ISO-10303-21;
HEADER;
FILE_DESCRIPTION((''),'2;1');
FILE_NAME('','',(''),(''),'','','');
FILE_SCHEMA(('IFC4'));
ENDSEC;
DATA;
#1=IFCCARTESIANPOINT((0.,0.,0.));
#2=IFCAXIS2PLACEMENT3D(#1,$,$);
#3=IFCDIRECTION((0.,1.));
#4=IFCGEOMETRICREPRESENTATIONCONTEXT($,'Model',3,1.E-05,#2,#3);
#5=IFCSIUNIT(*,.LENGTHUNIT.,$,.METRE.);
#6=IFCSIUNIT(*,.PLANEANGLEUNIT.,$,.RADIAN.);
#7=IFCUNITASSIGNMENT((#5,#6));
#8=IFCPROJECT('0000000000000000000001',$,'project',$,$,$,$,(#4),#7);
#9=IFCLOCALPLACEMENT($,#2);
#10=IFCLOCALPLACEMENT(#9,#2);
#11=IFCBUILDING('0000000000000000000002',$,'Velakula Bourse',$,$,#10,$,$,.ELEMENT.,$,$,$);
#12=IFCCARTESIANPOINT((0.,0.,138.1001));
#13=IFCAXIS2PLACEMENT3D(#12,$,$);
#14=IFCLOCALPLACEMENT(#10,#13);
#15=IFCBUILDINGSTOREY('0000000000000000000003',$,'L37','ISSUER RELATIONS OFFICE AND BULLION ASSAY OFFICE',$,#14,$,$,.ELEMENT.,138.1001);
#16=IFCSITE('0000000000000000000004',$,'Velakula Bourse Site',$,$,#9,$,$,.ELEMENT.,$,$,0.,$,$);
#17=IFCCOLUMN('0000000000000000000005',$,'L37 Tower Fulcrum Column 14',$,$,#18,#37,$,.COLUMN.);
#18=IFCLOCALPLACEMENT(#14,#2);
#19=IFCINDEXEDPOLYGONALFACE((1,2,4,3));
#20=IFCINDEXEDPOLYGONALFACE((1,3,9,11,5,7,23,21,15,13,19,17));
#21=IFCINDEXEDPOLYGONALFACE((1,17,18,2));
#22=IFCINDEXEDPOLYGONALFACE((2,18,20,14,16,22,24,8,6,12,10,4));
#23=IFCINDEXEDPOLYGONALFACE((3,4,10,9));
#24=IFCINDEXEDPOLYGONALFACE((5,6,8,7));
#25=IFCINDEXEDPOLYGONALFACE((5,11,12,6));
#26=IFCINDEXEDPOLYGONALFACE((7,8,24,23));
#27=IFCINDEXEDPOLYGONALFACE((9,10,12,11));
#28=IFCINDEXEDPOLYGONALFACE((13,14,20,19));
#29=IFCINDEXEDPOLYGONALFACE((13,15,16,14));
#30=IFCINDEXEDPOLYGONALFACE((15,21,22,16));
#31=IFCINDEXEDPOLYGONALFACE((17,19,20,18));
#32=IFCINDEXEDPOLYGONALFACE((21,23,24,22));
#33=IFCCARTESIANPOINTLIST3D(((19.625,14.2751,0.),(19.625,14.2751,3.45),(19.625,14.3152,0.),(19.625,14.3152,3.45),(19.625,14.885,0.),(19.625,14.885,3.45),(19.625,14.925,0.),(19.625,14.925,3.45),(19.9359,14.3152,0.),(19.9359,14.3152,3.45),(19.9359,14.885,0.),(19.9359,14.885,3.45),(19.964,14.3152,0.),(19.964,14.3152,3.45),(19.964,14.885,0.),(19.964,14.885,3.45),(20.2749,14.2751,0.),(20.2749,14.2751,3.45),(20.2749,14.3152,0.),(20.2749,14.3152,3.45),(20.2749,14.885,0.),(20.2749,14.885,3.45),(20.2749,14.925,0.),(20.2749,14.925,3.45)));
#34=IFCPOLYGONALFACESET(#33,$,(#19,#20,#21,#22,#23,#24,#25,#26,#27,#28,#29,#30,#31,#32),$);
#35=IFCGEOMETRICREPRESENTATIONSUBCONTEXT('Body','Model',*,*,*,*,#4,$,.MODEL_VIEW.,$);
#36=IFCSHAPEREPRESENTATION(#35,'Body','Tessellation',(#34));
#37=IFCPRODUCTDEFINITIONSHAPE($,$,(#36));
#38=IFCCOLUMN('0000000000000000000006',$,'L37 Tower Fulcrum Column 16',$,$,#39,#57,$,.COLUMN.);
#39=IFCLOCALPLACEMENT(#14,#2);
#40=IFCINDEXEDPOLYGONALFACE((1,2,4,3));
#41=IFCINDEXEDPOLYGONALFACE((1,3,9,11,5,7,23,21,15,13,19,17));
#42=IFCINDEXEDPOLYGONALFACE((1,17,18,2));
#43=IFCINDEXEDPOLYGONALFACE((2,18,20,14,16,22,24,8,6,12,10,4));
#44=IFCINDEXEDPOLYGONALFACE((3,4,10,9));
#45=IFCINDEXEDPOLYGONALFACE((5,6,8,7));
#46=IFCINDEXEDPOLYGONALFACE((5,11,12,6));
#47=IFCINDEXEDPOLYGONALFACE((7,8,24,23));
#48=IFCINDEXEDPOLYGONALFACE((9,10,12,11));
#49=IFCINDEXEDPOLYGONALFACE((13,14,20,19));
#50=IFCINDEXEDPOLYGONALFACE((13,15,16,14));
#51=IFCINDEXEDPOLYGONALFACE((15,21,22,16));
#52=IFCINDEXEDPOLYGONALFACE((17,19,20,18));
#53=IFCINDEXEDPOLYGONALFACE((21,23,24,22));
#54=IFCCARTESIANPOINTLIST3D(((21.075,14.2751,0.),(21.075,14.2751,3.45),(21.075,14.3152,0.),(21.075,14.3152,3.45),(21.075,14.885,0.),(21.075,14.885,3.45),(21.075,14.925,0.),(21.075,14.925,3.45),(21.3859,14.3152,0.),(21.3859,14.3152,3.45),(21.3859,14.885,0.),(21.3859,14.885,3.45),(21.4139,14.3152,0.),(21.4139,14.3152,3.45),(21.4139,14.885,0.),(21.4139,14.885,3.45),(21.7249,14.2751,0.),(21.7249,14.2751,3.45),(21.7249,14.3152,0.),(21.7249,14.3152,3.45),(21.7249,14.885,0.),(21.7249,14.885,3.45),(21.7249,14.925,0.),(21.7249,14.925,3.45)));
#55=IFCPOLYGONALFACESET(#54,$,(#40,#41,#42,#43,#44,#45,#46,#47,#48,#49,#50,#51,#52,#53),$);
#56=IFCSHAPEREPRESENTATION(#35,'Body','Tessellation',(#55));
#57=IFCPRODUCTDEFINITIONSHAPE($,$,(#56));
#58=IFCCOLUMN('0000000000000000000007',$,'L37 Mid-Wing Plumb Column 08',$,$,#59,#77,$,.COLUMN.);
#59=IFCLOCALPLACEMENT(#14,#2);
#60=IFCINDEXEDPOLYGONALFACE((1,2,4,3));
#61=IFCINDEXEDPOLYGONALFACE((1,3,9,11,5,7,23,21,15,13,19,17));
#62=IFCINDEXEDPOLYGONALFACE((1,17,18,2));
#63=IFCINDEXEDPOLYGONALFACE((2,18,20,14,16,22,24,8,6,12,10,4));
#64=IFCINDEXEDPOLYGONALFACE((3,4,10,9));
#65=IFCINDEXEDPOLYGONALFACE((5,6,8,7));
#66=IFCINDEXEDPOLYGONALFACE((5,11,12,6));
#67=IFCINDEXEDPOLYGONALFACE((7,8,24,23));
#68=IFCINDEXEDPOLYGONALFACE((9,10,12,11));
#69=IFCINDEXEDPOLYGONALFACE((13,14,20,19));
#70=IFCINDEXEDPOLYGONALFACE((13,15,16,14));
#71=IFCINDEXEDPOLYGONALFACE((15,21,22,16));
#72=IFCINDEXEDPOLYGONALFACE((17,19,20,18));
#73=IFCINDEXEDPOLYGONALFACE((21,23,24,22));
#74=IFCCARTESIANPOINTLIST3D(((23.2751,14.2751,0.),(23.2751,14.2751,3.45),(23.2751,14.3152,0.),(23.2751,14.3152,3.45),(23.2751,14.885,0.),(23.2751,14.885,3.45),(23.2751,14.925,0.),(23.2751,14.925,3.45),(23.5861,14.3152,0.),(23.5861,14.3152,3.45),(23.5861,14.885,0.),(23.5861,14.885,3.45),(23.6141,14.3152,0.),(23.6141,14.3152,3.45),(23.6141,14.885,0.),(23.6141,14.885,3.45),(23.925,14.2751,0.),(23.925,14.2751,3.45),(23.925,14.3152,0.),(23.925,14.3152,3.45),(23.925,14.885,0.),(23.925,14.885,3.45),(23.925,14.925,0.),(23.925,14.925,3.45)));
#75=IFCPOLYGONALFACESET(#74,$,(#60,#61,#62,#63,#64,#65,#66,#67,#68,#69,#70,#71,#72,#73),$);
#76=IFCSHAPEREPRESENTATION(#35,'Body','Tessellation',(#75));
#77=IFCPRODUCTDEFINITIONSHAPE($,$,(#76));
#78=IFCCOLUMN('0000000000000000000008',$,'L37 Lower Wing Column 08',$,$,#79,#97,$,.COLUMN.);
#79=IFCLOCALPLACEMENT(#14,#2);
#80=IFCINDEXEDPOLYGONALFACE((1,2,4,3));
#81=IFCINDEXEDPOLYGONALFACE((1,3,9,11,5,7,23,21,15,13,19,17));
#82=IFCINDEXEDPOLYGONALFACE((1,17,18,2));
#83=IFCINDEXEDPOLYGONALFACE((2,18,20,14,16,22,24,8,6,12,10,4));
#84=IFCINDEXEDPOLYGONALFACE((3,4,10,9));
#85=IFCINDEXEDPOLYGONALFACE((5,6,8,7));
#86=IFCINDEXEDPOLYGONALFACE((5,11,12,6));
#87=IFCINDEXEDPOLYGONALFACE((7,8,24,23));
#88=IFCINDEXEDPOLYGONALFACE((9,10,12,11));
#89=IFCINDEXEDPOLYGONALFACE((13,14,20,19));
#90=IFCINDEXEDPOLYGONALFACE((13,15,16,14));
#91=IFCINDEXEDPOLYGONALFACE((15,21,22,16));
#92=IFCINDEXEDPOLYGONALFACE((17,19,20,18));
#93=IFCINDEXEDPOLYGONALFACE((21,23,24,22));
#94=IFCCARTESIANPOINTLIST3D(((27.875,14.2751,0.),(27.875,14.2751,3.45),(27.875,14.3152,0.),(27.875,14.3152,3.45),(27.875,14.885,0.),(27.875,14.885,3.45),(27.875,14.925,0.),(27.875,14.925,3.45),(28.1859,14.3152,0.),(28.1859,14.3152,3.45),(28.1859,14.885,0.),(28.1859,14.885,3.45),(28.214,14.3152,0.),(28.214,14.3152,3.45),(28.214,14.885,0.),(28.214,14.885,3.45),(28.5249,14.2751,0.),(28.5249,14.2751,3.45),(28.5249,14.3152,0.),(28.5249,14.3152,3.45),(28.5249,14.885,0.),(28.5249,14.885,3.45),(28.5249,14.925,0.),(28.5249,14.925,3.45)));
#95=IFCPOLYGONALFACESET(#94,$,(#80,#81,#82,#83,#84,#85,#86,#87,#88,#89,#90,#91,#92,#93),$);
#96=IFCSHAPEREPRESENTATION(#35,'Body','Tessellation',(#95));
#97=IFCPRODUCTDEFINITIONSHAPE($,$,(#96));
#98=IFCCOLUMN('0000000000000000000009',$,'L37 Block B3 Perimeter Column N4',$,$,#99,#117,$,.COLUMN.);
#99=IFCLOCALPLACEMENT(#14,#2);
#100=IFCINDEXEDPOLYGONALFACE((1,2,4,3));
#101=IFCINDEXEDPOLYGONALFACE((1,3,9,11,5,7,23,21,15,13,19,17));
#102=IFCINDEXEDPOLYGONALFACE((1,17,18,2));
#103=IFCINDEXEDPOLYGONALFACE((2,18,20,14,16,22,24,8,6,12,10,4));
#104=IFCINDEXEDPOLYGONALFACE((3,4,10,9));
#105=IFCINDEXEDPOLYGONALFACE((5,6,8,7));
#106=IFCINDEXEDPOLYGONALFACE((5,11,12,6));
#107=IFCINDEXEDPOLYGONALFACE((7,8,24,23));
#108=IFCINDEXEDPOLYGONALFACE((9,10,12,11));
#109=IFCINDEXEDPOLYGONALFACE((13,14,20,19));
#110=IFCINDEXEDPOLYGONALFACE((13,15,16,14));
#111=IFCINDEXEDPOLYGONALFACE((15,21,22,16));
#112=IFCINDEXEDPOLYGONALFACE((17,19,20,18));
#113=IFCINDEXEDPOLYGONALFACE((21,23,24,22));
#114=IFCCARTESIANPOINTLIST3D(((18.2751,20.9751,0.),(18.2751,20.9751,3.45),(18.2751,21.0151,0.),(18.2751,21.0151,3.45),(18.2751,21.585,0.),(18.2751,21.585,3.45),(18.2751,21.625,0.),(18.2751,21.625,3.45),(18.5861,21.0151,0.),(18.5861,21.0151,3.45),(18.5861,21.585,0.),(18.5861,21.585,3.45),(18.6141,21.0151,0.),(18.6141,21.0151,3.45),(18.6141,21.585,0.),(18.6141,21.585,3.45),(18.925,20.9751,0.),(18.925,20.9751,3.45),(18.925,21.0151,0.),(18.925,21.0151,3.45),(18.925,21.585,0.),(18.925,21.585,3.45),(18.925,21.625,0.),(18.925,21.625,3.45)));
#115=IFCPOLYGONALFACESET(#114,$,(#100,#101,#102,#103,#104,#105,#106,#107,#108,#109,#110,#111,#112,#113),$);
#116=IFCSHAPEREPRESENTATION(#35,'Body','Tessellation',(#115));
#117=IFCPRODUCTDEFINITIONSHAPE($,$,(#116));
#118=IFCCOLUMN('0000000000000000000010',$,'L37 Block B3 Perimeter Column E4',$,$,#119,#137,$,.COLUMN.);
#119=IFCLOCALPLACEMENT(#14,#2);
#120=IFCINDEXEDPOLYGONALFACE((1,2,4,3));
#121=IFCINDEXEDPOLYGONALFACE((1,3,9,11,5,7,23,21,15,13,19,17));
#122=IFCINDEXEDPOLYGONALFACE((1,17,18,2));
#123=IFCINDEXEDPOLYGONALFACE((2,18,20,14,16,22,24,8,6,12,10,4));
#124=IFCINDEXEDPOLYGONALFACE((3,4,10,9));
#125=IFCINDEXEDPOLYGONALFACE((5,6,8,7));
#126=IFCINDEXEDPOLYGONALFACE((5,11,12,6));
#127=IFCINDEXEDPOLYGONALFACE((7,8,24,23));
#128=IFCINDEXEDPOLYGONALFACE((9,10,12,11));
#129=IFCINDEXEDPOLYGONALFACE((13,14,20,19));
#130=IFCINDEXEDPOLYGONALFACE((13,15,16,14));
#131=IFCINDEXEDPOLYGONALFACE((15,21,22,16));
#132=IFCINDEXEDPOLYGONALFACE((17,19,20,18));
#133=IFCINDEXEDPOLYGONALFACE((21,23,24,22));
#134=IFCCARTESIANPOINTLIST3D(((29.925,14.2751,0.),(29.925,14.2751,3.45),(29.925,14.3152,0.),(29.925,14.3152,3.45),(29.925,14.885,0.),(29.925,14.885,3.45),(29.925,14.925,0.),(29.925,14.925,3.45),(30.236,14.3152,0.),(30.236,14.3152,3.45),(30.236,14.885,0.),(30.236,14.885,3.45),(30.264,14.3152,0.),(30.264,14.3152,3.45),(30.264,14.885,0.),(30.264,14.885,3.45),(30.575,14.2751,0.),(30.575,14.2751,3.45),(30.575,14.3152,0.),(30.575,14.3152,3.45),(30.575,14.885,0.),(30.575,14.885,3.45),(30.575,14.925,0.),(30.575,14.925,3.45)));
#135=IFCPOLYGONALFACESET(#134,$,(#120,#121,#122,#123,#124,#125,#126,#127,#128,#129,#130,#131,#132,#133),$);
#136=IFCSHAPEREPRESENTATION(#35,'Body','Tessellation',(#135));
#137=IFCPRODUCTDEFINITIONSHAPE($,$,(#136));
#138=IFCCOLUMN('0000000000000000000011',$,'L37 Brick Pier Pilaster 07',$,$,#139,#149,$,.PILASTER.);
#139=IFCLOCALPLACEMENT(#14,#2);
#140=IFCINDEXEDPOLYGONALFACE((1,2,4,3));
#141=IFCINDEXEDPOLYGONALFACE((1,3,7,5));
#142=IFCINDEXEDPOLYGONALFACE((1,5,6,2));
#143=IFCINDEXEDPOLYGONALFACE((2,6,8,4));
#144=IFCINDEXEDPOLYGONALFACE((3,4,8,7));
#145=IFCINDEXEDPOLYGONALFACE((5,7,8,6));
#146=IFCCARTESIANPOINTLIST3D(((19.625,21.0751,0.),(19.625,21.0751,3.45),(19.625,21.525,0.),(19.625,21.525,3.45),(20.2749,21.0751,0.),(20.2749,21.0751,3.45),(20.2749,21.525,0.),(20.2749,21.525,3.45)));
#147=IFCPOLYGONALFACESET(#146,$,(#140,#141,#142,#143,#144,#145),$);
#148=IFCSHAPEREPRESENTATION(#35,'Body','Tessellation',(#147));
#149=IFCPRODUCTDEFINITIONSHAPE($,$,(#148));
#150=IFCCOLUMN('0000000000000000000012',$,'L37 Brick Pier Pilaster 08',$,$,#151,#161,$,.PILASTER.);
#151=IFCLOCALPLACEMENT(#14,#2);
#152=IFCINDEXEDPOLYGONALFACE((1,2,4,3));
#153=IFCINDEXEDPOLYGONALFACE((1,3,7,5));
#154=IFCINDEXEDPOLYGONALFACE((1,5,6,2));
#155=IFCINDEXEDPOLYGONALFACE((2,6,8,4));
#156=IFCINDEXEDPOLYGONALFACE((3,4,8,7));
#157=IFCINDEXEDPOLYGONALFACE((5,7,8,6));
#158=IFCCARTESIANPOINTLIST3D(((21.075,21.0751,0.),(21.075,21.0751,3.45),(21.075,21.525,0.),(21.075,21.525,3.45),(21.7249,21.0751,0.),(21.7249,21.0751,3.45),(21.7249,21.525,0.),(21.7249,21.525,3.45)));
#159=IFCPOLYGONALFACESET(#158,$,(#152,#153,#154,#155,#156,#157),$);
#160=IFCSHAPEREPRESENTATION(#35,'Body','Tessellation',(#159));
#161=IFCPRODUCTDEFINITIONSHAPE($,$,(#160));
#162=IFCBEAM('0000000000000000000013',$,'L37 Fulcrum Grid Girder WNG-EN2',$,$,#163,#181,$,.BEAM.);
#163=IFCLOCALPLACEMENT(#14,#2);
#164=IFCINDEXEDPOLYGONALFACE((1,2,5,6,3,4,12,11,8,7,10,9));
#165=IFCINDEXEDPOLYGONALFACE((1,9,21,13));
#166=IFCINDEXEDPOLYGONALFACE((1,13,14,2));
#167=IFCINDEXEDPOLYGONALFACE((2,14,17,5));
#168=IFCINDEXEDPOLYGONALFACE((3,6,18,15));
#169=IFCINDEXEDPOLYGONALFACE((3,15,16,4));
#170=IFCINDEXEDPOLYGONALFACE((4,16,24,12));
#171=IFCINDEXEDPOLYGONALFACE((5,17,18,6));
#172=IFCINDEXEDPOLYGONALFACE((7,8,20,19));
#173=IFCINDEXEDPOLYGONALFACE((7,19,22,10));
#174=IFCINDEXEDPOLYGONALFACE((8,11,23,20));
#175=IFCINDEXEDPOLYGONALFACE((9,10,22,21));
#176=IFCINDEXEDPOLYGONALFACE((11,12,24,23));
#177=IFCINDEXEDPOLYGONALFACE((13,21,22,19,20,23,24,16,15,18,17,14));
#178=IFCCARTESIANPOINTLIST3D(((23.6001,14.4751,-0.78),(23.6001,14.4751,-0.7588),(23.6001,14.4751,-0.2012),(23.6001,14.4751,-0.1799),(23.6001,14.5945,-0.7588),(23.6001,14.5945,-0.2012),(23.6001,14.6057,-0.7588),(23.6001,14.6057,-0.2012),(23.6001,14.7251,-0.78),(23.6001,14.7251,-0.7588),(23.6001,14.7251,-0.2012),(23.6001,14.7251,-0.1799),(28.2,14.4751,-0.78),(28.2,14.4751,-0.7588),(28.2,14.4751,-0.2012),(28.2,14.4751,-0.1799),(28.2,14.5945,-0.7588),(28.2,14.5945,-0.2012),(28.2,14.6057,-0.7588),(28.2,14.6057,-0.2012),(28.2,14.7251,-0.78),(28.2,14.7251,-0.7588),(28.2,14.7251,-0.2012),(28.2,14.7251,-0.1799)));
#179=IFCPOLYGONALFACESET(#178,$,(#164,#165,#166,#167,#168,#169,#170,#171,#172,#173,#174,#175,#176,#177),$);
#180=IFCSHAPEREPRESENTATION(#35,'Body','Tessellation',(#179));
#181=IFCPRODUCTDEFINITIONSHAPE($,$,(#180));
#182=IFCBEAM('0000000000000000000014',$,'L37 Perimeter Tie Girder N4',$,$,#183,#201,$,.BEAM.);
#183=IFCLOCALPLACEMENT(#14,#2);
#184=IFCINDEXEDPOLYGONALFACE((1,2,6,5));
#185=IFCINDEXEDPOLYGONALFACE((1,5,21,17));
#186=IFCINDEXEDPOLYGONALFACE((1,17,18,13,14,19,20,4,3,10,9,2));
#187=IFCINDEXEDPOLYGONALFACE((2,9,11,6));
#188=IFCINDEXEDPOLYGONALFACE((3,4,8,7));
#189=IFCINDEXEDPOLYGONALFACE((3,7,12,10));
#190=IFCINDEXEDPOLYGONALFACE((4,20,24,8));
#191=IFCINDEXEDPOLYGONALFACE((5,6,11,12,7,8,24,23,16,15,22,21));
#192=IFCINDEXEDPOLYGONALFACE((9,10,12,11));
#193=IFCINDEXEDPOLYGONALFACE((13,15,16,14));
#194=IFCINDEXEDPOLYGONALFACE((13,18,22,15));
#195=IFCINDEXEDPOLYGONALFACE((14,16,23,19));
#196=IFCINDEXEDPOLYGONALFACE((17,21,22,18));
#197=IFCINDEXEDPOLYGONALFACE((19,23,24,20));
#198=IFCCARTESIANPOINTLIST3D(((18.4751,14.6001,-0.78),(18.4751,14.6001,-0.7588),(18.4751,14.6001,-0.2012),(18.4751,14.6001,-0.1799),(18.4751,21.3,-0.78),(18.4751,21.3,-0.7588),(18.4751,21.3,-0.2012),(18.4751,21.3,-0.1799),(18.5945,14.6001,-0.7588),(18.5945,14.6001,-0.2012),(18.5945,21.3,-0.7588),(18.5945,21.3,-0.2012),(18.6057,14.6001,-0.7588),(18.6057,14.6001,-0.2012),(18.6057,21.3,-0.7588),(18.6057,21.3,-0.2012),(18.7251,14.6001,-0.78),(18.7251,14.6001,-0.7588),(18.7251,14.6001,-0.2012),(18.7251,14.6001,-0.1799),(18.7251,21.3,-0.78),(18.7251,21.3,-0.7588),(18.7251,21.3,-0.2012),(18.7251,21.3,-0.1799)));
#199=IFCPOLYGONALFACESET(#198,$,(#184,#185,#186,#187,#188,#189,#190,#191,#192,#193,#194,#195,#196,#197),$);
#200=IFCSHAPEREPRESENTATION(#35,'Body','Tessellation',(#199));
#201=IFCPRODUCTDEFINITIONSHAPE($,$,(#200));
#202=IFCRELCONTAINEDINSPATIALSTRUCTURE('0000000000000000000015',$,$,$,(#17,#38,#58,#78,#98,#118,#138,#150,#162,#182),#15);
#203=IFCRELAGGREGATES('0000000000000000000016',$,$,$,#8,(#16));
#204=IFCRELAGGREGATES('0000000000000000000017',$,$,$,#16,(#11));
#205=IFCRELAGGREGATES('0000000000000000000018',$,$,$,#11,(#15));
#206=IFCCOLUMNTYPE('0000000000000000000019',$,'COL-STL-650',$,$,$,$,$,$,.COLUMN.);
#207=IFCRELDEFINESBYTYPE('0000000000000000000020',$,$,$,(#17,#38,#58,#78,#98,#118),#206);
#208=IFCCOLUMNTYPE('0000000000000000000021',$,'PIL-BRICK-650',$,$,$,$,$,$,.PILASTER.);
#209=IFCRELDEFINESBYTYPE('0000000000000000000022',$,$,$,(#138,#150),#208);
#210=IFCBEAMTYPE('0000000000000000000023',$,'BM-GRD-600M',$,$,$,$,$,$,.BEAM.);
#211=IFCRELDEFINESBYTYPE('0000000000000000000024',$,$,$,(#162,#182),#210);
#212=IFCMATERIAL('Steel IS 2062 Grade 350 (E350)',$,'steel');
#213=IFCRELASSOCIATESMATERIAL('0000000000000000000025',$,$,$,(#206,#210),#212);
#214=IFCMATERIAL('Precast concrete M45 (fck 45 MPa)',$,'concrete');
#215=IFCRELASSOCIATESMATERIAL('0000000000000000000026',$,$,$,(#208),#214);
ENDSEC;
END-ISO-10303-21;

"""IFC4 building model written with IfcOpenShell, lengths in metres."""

from ifc_helpers import new_model, si_unit, direction, frame, origin, origin_2d, place, context, subcontext, project, spatial, rectangle, i_section, extrude, material, material_profile, profile_set, type_object, element, save


model = new_model("IFC4")

# Units and contexts
model_context = context("Model", 3, precision=1e-05, world=origin(), true_north=direction((0.0, 1.0)))
body_context = subcontext(model_context, "Body", "Model", "MODEL_VIEW")
ifc_project = project(units=[si_unit("LENGTHUNIT", "METRE"), si_unit("PLANEANGLEUNIT", "RADIAN")], contexts=[model_context])

# Site, building, storey
site_placement = place(None, origin())
site = spatial("IfcSite", under=ifc_project, at=site_placement, Name="Velakula Bourse Site", CompositionType="ELEMENT", RefElevation=0.0)
building_placement = place(site_placement, origin())
building = spatial("IfcBuilding", under=site, at=building_placement, Name="Velakula Bourse", CompositionType="ELEMENT")
storey_placement = place(building_placement, frame((0.0, 0.0, 138.1001)))
storey = spatial("IfcBuildingStorey", under=building, at=storey_placement, Name="L37", Description="ISSUER RELATIONS OFFICE AND BULLION ASSAY OFFICE", CompositionType="ELEMENT", Elevation=138.1001)

# Columns
ifc_material_1 = material(Name="Steel IS 2062 Grade 350 (E350)", Category="steel")
ifc_material_profile_1 = material_profile(ifc_material_1, i_section(OverallWidth=0.6499, OverallDepth=0.6499, WebThickness=0.0281, FlangeThickness=0.04, at=origin_2d()), Name="Steel IS 2062 Grade 350 (E350)")
ifc_profile_set_1 = profile_set([ifc_material_profile_1], Name="Steel IS 2062 Grade 350 (E350)")
column_type_1 = type_object("IfcColumnType", Name="COL-STL-650", PredefinedType="COLUMN", material=ifc_profile_set_1)
for number, where, z_axis, x_axis, name in (
    (1, (19.95, 14.6001, 0.0), (0.0, 0.0, 1.0), (1.0, 0.0, 0.0), "L37 Tower Fulcrum Column 14"),
    (2, (21.3999, 14.6001, 0.0), (0.0, 0.0, 1.0), (1.0, 0.0, 0.0), "L37 Tower Fulcrum Column 16"),
    (3, (23.6001, 14.6001, 0.0), (0.0, 0.0, 1.0), (1.0, 0.0, 0.0), "L37 Mid-Wing Plumb Column 08"),
    (4, (28.2, 14.6001, 0.0), (0.0, 0.0, 1.0), (1.0, 0.0, 0.0), "L37 Lower Wing Column 08"),
    (5, (18.6001, 21.3, 0.0), (0.0, 0.0, 1.0), (1.0, 0.0, 0.0), "L37 Block B3 Perimeter Column N4"),
    (6, (30.25, 14.6001, 0.0), (0.0, 0.0, 1.0), (1.0, 0.0, 0.0), "L37 Block B3 Perimeter Column E4"),
):
    element("IfcColumn", number, at=place(storey_placement, frame(where, z_axis=z_axis, x_axis=x_axis)), inside=storey, type_object=column_type_1, Name=name, PredefinedType="COLUMN", context=body_context, shape_type="SweptSolid", body=[
        extrude(i_section(OverallWidth=0.6499, OverallDepth=0.6499, WebThickness=0.0281, FlangeThickness=0.04, at=origin_2d()), origin(), (0.0, 0.0, 1.0), 3.45),
    ])
ifc_material_2 = material(Name="Precast concrete M45 (fck 45 MPa)", Category="concrete")
ifc_material_profile_2 = material_profile(ifc_material_2, rectangle(XDim=0.6499, YDim=0.45, at=origin_2d()), Name="Precast concrete M45 (fck 45 MPa)")
ifc_profile_set_2 = profile_set([ifc_material_profile_2], Name="Precast concrete M45 (fck 45 MPa)")
column_type_2 = type_object("IfcColumnType", Name="PIL-BRICK-650", PredefinedType="PILASTER", material=ifc_profile_set_2)
for number, where, z_axis, x_axis, name in (
    (7, (19.95, 21.3, 0.0), (0.0, 0.0, 1.0), (1.0, 0.0, 0.0), "L37 Brick Pier Pilaster 07"),
    (8, (21.3999, 21.3, 0.0), (0.0, 0.0, 1.0), (1.0, 0.0, 0.0), "L37 Brick Pier Pilaster 08"),
):
    element("IfcColumn", number, at=place(storey_placement, frame(where, z_axis=z_axis, x_axis=x_axis)), inside=storey, type_object=column_type_2, Name=name, PredefinedType="PILASTER", context=body_context, shape_type="SweptSolid", body=[
        extrude(rectangle(XDim=0.6499, YDim=0.45, at=origin_2d()), origin(), (0.0, 0.0, 1.0), 3.45),
    ])

# Beams
ifc_material_profile_3 = material_profile(ifc_material_1, i_section(OverallWidth=0.25, OverallDepth=0.6001, WebThickness=0.0112, FlangeThickness=0.0212, at=origin_2d()), Name="Steel IS 2062 Grade 350 (E350)")
ifc_profile_set_3 = profile_set([ifc_material_profile_3], Name="Steel IS 2062 Grade 350 (E350)")
beam_type_1 = type_object("IfcBeamType", Name="BM-GRD-600M", PredefinedType="BEAM", material=ifc_profile_set_3)
beam_1_placement = place(storey_placement, frame((23.6001, 14.6001, -0.48), z_axis=(1.0, 0.0, 0.0), x_axis=(0.0, 1.0, 0.0)))
element("IfcBeam", 9, at=beam_1_placement, inside=storey, type_object=beam_type_1, Name="L37 Fulcrum Grid Girder WNG-EN2", PredefinedType="BEAM", context=body_context, shape_type="SweptSolid", body=[
    extrude(i_section(OverallWidth=0.25, OverallDepth=0.6001, WebThickness=0.0112, FlangeThickness=0.0212, at=origin_2d()), origin(), (0.0, 0.0, 1.0), 4.5999),
])
beam_2_placement = place(storey_placement, frame((18.6001, 14.6001, -0.48), z_axis=(0.0, 1.0, 0.0), x_axis=(-1.0, 0.0, 0.0)))
element("IfcBeam", 10, at=beam_2_placement, inside=storey, type_object=beam_type_1, Name="L37 Perimeter Tie Girder N4", PredefinedType="BEAM", context=body_context, shape_type="SweptSolid", body=[
    extrude(i_section(OverallWidth=0.25, OverallDepth=0.6001, WebThickness=0.0112, FlangeThickness=0.0212, at=origin_2d()), origin(), (0.0, 0.0, 1.0), 6.7),
])

save(model, "model.ifc")
